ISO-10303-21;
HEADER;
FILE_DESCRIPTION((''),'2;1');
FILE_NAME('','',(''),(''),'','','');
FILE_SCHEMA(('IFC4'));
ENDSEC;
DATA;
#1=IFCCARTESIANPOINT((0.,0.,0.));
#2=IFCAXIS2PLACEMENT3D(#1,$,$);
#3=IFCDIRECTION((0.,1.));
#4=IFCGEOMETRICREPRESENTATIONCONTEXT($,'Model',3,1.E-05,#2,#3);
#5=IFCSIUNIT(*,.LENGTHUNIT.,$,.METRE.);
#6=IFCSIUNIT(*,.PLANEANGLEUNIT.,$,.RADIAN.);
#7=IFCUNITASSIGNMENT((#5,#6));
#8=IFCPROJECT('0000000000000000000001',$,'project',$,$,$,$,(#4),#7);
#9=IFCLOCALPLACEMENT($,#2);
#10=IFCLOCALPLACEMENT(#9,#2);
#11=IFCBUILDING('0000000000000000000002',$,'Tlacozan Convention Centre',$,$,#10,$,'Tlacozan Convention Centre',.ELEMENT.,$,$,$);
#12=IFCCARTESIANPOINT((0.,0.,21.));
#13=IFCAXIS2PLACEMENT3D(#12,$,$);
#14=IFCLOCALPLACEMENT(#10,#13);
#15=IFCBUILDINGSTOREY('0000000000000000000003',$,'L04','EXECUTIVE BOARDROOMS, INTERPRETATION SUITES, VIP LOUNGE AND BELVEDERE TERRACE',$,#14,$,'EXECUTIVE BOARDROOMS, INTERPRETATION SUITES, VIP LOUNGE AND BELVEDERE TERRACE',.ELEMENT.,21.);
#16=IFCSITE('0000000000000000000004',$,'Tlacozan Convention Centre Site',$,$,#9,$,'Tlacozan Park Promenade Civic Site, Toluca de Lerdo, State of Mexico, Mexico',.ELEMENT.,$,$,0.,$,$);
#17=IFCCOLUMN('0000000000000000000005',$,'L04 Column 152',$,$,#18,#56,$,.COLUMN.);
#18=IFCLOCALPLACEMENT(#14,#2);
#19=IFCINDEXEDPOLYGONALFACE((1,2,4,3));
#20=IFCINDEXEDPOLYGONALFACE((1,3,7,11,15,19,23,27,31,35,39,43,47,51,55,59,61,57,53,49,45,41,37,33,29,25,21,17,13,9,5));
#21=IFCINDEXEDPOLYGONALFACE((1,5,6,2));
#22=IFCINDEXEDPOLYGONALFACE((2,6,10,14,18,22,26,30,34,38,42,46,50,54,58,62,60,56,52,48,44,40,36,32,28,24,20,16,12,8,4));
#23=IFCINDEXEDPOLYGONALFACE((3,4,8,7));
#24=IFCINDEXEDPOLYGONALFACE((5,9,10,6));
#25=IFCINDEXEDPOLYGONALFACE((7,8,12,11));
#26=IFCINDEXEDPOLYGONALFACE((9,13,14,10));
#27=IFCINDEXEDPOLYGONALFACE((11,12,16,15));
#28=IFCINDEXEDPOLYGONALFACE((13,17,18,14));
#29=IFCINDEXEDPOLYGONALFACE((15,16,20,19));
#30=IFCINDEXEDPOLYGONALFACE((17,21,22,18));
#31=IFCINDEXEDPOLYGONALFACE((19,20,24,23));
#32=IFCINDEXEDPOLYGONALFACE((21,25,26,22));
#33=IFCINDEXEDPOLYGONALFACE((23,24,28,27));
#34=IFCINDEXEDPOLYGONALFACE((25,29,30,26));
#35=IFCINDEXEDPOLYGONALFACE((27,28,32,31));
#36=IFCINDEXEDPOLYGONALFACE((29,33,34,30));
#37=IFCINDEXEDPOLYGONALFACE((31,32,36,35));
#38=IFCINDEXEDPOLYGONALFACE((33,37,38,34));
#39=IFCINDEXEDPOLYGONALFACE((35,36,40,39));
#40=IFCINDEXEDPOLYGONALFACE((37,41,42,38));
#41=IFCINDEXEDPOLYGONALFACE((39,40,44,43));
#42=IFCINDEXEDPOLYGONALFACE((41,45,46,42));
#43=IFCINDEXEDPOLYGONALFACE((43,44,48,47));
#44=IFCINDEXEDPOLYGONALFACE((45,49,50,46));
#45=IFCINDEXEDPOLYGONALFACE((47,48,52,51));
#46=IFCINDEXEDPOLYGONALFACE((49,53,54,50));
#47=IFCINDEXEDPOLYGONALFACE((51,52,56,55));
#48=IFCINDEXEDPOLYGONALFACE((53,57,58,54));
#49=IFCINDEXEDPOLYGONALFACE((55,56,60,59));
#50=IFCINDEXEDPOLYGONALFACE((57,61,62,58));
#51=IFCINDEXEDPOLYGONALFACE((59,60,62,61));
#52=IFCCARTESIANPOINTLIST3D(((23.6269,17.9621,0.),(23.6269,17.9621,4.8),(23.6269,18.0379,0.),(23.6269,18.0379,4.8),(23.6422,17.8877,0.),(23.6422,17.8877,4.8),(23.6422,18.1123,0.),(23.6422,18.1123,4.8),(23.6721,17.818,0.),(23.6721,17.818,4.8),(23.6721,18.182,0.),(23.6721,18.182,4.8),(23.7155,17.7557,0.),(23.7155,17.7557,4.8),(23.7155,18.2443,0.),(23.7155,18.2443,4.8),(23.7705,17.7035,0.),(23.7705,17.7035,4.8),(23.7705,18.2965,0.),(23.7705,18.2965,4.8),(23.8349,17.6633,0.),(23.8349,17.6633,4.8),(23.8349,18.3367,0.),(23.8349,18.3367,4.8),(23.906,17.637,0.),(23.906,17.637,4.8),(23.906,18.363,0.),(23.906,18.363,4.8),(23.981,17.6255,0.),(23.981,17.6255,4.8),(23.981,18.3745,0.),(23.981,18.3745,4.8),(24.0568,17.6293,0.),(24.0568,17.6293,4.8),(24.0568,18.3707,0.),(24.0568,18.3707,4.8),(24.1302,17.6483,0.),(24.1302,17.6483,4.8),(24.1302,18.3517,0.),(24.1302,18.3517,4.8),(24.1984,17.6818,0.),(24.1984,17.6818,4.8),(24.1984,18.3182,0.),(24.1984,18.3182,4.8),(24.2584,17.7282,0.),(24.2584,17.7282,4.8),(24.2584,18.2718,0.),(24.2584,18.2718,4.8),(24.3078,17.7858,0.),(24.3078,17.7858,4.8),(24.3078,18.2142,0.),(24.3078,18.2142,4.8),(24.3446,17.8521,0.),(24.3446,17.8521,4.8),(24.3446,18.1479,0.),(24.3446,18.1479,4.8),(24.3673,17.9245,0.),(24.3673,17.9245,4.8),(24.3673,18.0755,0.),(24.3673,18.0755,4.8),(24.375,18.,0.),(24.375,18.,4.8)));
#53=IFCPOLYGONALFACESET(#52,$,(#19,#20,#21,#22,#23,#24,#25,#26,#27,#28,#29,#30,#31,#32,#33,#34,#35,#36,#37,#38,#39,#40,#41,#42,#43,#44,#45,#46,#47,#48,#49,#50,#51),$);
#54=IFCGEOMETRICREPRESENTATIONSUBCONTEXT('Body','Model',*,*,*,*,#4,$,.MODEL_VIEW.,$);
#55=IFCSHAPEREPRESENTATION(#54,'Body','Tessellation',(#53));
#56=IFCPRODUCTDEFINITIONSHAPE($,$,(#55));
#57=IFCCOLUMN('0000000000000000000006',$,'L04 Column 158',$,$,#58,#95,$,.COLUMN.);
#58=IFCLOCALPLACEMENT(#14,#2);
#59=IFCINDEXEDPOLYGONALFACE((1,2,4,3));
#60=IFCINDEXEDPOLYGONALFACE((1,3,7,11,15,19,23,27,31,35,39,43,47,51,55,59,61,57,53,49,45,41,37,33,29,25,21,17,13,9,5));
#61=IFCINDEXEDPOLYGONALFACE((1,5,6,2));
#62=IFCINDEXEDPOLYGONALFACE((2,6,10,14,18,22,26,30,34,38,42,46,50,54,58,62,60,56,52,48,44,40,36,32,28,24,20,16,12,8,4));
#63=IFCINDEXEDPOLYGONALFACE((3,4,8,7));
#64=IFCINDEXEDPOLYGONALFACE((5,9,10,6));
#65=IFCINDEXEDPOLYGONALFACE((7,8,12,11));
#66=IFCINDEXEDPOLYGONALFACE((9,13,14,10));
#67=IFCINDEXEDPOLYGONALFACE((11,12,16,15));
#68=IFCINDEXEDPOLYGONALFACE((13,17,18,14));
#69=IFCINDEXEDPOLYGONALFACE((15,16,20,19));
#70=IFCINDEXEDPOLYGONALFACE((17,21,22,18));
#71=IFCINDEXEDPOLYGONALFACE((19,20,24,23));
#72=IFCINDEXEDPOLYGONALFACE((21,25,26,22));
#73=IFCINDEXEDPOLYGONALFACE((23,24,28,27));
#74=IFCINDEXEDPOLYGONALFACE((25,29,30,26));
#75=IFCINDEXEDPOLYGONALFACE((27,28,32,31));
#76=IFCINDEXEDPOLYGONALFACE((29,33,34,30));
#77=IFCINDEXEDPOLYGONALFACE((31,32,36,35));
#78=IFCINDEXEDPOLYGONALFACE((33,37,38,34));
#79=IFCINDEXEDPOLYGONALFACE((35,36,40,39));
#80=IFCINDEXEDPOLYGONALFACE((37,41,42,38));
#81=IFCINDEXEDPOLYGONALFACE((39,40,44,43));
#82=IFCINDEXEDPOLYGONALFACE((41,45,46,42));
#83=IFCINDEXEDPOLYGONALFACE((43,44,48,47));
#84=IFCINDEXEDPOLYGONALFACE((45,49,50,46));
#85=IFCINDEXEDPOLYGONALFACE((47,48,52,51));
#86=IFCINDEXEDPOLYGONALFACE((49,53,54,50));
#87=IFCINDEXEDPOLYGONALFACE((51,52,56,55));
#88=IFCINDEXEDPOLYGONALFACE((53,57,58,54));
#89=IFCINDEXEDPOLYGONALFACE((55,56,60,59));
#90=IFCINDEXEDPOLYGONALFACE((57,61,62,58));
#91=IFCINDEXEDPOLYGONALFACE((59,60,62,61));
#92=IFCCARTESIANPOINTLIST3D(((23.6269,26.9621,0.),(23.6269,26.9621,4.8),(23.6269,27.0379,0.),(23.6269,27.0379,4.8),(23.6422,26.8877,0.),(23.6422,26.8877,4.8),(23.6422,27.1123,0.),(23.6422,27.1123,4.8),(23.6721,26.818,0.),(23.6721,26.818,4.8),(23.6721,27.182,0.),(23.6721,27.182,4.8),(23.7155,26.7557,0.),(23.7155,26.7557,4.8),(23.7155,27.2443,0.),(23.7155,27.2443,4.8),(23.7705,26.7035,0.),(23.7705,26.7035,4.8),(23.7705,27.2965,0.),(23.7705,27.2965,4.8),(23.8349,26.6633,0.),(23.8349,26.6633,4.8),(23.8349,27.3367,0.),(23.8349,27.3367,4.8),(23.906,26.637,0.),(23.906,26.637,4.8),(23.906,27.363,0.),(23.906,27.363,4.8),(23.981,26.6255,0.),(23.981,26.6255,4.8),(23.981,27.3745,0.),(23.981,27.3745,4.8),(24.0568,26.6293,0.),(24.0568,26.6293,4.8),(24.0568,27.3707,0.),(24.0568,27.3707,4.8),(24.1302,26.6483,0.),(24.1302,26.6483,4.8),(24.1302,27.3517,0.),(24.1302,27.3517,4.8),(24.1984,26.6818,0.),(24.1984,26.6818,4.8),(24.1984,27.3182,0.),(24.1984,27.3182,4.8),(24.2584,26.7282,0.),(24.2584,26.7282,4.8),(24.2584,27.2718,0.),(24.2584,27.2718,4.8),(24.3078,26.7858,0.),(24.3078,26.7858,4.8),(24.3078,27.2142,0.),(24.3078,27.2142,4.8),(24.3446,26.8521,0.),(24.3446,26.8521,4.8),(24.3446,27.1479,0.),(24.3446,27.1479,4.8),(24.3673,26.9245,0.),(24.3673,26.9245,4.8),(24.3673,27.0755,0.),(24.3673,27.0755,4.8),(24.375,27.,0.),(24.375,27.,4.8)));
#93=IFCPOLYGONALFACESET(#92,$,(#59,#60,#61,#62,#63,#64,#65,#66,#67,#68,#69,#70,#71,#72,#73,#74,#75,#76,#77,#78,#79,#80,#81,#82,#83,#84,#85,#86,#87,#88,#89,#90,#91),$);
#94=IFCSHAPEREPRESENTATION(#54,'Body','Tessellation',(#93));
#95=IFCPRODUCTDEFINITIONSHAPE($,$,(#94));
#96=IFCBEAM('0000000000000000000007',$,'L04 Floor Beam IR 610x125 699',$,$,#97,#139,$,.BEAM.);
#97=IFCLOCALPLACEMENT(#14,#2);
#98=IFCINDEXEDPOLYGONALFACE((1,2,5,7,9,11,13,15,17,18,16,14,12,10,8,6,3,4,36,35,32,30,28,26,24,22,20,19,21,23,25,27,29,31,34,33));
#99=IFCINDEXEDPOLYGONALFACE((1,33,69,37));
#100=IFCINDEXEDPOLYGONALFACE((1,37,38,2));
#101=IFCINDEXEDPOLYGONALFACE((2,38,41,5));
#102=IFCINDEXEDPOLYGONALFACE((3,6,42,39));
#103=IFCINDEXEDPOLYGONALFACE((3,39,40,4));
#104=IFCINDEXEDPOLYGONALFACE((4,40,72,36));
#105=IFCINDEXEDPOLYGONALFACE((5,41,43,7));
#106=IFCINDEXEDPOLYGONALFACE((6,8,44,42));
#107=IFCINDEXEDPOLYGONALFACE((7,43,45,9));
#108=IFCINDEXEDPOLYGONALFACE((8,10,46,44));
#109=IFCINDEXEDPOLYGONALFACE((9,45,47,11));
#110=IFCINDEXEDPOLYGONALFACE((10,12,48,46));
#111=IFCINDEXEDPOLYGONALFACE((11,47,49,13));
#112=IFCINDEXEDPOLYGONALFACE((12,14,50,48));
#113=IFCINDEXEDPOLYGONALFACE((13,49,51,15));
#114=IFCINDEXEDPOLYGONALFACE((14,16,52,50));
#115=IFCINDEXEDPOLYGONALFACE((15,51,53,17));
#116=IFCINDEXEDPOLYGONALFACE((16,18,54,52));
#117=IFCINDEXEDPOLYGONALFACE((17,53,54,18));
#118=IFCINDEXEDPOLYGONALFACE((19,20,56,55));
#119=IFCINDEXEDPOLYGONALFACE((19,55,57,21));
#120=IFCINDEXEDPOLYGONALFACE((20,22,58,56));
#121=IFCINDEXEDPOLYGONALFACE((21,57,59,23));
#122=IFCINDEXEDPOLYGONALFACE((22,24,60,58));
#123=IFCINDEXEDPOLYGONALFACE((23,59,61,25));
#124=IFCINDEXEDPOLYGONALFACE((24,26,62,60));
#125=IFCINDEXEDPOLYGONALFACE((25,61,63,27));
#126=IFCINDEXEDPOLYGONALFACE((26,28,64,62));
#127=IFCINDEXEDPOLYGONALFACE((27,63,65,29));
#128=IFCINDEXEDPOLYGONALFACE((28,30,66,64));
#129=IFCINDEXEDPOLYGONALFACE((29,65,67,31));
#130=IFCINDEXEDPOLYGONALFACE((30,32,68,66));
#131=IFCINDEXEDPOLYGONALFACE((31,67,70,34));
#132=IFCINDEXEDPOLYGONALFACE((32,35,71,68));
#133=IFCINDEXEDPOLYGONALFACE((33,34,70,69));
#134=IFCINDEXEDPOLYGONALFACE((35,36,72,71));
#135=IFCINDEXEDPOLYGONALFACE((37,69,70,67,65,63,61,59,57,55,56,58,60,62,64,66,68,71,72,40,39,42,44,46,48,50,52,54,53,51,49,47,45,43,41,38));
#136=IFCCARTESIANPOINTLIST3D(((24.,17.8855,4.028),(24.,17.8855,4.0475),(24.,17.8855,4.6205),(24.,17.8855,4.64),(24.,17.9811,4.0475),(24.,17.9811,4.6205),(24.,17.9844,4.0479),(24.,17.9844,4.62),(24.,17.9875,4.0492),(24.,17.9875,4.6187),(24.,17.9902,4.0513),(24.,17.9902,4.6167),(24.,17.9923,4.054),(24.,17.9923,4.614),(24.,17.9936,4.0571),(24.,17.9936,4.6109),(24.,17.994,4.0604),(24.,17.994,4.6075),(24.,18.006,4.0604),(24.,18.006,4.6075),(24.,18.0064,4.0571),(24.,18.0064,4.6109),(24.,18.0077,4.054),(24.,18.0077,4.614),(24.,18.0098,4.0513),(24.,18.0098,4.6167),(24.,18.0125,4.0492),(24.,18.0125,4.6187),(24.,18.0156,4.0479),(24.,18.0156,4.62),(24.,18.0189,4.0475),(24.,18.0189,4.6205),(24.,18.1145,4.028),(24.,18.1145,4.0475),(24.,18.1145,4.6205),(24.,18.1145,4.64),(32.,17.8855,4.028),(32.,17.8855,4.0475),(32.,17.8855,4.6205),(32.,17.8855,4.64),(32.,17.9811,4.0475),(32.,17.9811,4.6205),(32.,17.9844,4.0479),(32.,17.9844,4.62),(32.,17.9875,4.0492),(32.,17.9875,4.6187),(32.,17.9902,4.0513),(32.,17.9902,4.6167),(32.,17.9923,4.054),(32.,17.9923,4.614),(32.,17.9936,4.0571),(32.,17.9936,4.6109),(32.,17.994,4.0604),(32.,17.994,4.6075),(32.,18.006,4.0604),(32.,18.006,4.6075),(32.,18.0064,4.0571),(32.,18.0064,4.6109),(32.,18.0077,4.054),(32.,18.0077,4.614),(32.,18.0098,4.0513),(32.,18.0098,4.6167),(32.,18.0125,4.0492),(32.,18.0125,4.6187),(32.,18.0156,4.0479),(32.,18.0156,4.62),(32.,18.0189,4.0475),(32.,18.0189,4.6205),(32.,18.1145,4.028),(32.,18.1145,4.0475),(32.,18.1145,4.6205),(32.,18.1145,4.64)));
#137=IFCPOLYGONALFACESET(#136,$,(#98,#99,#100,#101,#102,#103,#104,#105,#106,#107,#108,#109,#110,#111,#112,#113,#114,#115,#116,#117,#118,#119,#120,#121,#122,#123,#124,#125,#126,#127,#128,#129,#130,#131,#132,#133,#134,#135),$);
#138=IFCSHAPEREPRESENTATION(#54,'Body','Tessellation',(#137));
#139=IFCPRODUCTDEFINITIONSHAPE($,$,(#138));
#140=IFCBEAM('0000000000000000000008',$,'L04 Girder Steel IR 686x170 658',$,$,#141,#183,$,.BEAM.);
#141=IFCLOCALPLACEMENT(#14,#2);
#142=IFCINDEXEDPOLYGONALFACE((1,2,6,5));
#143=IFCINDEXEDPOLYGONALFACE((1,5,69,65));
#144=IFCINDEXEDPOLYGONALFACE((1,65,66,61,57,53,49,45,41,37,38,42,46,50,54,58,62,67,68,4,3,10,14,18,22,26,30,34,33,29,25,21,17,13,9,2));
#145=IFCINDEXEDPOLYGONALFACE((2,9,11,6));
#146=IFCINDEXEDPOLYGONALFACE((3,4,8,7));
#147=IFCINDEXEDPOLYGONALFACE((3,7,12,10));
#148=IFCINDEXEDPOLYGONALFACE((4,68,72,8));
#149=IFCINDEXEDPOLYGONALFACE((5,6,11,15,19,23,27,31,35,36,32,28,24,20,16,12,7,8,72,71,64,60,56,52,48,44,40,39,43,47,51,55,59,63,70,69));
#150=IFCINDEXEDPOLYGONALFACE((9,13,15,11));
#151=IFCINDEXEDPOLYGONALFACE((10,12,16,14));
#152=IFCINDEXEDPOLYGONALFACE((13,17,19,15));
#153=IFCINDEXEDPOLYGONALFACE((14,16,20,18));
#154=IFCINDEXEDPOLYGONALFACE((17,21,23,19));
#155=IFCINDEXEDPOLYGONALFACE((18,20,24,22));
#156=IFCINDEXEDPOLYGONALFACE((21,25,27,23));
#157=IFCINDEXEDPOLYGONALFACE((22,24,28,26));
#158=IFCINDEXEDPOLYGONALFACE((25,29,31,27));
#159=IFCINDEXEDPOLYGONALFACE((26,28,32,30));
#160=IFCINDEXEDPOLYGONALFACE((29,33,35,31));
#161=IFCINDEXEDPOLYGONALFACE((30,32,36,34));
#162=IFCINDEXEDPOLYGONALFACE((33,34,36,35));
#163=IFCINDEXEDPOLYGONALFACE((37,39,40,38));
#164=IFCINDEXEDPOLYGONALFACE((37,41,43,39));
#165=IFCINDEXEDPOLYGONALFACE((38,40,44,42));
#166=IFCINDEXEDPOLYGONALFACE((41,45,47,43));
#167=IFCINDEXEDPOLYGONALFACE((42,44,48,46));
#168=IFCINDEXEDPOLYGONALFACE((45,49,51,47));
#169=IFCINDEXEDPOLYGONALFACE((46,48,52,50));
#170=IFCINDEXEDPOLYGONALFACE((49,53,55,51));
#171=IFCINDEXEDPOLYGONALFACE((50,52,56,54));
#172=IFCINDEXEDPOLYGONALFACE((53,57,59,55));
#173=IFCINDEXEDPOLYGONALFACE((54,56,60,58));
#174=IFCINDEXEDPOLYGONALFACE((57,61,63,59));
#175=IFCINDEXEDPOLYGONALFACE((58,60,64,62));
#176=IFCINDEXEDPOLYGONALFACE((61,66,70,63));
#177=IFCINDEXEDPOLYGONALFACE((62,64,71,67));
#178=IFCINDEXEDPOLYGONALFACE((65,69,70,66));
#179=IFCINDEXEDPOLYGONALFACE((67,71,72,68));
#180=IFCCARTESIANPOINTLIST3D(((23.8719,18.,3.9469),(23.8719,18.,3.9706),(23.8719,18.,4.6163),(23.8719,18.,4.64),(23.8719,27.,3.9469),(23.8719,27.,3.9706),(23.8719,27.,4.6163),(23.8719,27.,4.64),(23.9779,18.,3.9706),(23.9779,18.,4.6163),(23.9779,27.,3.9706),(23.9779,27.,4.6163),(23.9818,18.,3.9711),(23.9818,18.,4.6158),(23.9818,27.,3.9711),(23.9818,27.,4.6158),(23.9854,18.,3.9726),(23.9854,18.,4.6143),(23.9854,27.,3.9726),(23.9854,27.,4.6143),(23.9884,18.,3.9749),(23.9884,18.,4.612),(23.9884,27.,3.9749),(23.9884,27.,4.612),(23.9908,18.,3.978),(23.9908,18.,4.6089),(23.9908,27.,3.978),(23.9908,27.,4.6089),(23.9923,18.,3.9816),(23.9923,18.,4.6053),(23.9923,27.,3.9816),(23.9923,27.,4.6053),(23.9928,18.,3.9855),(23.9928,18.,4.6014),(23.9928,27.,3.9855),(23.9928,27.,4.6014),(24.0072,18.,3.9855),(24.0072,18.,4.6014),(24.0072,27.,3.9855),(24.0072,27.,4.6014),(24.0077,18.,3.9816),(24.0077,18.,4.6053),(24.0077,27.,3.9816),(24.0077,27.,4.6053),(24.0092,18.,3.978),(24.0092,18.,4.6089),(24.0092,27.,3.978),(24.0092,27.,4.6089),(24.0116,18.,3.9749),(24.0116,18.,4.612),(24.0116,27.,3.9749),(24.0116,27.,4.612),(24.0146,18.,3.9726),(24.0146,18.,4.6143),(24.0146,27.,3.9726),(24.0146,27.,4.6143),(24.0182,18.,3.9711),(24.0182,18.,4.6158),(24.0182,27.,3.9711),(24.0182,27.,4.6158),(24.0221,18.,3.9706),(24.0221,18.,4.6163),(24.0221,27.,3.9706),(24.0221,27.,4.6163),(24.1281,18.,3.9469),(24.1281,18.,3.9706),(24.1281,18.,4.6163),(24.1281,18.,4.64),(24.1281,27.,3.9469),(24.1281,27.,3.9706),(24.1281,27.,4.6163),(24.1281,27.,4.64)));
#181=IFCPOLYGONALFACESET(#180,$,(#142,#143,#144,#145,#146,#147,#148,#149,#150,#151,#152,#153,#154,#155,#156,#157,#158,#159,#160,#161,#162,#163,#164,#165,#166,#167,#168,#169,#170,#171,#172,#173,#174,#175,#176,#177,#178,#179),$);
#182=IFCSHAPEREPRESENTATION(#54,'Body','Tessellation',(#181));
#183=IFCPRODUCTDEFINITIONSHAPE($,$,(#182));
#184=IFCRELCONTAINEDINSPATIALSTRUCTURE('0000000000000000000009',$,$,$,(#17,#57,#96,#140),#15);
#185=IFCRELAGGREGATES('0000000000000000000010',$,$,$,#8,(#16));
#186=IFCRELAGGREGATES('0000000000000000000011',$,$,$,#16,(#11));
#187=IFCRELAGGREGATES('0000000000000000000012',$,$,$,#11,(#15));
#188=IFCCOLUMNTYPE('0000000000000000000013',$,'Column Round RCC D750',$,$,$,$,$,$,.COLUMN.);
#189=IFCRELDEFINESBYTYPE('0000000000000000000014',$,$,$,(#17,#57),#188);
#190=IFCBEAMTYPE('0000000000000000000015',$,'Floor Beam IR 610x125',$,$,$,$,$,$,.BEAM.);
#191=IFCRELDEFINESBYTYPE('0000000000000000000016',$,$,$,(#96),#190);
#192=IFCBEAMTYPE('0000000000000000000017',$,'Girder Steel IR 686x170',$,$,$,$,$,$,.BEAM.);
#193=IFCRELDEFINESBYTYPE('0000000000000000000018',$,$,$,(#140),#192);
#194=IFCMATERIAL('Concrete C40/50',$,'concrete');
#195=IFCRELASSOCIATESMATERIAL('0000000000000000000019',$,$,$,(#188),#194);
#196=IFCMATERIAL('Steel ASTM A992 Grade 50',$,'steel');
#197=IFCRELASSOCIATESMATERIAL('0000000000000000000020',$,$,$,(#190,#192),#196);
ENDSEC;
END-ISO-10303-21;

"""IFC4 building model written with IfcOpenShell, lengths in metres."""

from ifc_helpers import new_model, si_unit, direction, frame, origin, origin_2d, place, context, subcontext, project, spatial, circle, i_section, extrude, material, material_profile, profile_set, type_object, element, save


model = new_model("IFC4")

# Units and contexts
model_context = context("Model", 3, precision=1e-05, world=origin(), true_north=direction((0.0, 1.0)))
body_context = subcontext(model_context, "Body", "Model", "MODEL_VIEW")
ifc_project = project(units=[si_unit("LENGTHUNIT", "METRE"), si_unit("PLANEANGLEUNIT", "RADIAN")], contexts=[model_context])

# Site, building, storey
site_placement = place(None, origin())
site = spatial("IfcSite", under=ifc_project, at=site_placement, Name="Tlacozan Convention Centre Site", LongName="Tlacozan Park Promenade Civic Site, Toluca de Lerdo, State of Mexico, Mexico", CompositionType="ELEMENT", RefElevation=0.0)
building_placement = place(site_placement, origin())
building = spatial("IfcBuilding", under=site, at=building_placement, Name="Tlacozan Convention Centre", LongName="Tlacozan Convention Centre", CompositionType="ELEMENT")
storey_placement = place(building_placement, frame((0.0, 0.0, 21.0)))
storey = spatial("IfcBuildingStorey", under=building, at=storey_placement, Name="L04", Description="EXECUTIVE BOARDROOMS, INTERPRETATION SUITES, VIP LOUNGE AND BELVEDERE TERRACE", LongName="EXECUTIVE BOARDROOMS, INTERPRETATION SUITES, VIP LOUNGE AND BELVEDERE TERRACE", CompositionType="ELEMENT", Elevation=21.0)

# Columns
ifc_material_1 = material(Name="Concrete C40/50", Category="concrete")
ifc_material_profile_1 = material_profile(ifc_material_1, circle(Radius=0.375, at=origin_2d()), Name="RCC D750")
ifc_profile_set_1 = profile_set([ifc_material_profile_1], Name="Concrete C40/50")
column_type = type_object("IfcColumnType", Name="Column Round RCC D750", PredefinedType="COLUMN", material=ifc_profile_set_1)
for number, where, z_axis, x_axis, name in (
    (1, (24.0, 18.0, 0.0), (0.0, 0.0, 1.0), (1.0, 0.0, 0.0), "L04 Column 152"),
    (2, (24.0, 27.0, 0.0), (0.0, 0.0, 1.0), (1.0, 0.0, 0.0), "L04 Column 158"),
):
    element("IfcColumn", number, at=place(storey_placement, frame(where, z_axis=z_axis, x_axis=x_axis)), inside=storey, type_object=column_type, Name=name, PredefinedType="COLUMN", context=body_context, shape_type="SweptSolid", body=[
        extrude(circle(Radius=0.375, at=origin_2d()), origin(), (0.0, 0.0, 1.0), 4.8),
    ])

# Beams
ifc_material_2 = material(Name="Steel ASTM A992 Grade 50", Category="steel")
ifc_material_profile_2 = material_profile(ifc_material_2, i_section(OverallWidth=0.229, OverallDepth=0.6121, WebThickness=0.012, FlangeThickness=0.0195, FilletRadius=0.0129, at=origin_2d()), Name="IR 610x125.0")
ifc_profile_set_2 = profile_set([ifc_material_profile_2], Name="Steel ASTM A992 Grade 50")
beam_type_1 = type_object("IfcBeamType", Name="Floor Beam IR 610x125", PredefinedType="BEAM", material=ifc_profile_set_2)
beam_1_placement = place(storey_placement, frame((24.0, 18.0, 4.334), z_axis=(1.0, 0.0, 0.0), x_axis=(0.0, 1.0, 0.0)))
element("IfcBeam", 3, at=beam_1_placement, inside=storey, type_object=beam_type_1, Name="L04 Floor Beam IR 610x125 699", PredefinedType="BEAM", context=body_context, shape_type="SweptSolid", body=[
    extrude(i_section(OverallWidth=0.229, OverallDepth=0.6121, WebThickness=0.012, FlangeThickness=0.0195, FilletRadius=0.0129, at=origin_2d()), origin(), (0.0, 0.0, 1.0), 8.0),
])
ifc_material_profile_3 = material_profile(ifc_material_2, i_section(OverallWidth=0.2561, OverallDepth=0.6931, WebThickness=0.0144, FlangeThickness=0.0237, FilletRadius=0.0149, at=origin_2d()), Name="IR 686x170.0")
ifc_profile_set_3 = profile_set([ifc_material_profile_3], Name="Steel ASTM A992 Grade 50")
beam_type_2 = type_object("IfcBeamType", Name="Girder Steel IR 686x170", PredefinedType="BEAM", material=ifc_profile_set_3)
beam_2_placement = place(storey_placement, frame((24.0, 18.0, 4.2935), z_axis=(0.0, 1.0, 0.0), x_axis=(-1.0, 0.0, 0.0)))
element("IfcBeam", 4, at=beam_2_placement, inside=storey, type_object=beam_type_2, Name="L04 Girder Steel IR 686x170 658", PredefinedType="BEAM", context=body_context, shape_type="SweptSolid", body=[
    extrude(i_section(OverallWidth=0.2561, OverallDepth=0.6931, WebThickness=0.0144, FlangeThickness=0.0237, FilletRadius=0.0149, at=origin_2d()), origin(), (0.0, 0.0, 1.0), 9.0),
])

save(model, "model.ifc")
